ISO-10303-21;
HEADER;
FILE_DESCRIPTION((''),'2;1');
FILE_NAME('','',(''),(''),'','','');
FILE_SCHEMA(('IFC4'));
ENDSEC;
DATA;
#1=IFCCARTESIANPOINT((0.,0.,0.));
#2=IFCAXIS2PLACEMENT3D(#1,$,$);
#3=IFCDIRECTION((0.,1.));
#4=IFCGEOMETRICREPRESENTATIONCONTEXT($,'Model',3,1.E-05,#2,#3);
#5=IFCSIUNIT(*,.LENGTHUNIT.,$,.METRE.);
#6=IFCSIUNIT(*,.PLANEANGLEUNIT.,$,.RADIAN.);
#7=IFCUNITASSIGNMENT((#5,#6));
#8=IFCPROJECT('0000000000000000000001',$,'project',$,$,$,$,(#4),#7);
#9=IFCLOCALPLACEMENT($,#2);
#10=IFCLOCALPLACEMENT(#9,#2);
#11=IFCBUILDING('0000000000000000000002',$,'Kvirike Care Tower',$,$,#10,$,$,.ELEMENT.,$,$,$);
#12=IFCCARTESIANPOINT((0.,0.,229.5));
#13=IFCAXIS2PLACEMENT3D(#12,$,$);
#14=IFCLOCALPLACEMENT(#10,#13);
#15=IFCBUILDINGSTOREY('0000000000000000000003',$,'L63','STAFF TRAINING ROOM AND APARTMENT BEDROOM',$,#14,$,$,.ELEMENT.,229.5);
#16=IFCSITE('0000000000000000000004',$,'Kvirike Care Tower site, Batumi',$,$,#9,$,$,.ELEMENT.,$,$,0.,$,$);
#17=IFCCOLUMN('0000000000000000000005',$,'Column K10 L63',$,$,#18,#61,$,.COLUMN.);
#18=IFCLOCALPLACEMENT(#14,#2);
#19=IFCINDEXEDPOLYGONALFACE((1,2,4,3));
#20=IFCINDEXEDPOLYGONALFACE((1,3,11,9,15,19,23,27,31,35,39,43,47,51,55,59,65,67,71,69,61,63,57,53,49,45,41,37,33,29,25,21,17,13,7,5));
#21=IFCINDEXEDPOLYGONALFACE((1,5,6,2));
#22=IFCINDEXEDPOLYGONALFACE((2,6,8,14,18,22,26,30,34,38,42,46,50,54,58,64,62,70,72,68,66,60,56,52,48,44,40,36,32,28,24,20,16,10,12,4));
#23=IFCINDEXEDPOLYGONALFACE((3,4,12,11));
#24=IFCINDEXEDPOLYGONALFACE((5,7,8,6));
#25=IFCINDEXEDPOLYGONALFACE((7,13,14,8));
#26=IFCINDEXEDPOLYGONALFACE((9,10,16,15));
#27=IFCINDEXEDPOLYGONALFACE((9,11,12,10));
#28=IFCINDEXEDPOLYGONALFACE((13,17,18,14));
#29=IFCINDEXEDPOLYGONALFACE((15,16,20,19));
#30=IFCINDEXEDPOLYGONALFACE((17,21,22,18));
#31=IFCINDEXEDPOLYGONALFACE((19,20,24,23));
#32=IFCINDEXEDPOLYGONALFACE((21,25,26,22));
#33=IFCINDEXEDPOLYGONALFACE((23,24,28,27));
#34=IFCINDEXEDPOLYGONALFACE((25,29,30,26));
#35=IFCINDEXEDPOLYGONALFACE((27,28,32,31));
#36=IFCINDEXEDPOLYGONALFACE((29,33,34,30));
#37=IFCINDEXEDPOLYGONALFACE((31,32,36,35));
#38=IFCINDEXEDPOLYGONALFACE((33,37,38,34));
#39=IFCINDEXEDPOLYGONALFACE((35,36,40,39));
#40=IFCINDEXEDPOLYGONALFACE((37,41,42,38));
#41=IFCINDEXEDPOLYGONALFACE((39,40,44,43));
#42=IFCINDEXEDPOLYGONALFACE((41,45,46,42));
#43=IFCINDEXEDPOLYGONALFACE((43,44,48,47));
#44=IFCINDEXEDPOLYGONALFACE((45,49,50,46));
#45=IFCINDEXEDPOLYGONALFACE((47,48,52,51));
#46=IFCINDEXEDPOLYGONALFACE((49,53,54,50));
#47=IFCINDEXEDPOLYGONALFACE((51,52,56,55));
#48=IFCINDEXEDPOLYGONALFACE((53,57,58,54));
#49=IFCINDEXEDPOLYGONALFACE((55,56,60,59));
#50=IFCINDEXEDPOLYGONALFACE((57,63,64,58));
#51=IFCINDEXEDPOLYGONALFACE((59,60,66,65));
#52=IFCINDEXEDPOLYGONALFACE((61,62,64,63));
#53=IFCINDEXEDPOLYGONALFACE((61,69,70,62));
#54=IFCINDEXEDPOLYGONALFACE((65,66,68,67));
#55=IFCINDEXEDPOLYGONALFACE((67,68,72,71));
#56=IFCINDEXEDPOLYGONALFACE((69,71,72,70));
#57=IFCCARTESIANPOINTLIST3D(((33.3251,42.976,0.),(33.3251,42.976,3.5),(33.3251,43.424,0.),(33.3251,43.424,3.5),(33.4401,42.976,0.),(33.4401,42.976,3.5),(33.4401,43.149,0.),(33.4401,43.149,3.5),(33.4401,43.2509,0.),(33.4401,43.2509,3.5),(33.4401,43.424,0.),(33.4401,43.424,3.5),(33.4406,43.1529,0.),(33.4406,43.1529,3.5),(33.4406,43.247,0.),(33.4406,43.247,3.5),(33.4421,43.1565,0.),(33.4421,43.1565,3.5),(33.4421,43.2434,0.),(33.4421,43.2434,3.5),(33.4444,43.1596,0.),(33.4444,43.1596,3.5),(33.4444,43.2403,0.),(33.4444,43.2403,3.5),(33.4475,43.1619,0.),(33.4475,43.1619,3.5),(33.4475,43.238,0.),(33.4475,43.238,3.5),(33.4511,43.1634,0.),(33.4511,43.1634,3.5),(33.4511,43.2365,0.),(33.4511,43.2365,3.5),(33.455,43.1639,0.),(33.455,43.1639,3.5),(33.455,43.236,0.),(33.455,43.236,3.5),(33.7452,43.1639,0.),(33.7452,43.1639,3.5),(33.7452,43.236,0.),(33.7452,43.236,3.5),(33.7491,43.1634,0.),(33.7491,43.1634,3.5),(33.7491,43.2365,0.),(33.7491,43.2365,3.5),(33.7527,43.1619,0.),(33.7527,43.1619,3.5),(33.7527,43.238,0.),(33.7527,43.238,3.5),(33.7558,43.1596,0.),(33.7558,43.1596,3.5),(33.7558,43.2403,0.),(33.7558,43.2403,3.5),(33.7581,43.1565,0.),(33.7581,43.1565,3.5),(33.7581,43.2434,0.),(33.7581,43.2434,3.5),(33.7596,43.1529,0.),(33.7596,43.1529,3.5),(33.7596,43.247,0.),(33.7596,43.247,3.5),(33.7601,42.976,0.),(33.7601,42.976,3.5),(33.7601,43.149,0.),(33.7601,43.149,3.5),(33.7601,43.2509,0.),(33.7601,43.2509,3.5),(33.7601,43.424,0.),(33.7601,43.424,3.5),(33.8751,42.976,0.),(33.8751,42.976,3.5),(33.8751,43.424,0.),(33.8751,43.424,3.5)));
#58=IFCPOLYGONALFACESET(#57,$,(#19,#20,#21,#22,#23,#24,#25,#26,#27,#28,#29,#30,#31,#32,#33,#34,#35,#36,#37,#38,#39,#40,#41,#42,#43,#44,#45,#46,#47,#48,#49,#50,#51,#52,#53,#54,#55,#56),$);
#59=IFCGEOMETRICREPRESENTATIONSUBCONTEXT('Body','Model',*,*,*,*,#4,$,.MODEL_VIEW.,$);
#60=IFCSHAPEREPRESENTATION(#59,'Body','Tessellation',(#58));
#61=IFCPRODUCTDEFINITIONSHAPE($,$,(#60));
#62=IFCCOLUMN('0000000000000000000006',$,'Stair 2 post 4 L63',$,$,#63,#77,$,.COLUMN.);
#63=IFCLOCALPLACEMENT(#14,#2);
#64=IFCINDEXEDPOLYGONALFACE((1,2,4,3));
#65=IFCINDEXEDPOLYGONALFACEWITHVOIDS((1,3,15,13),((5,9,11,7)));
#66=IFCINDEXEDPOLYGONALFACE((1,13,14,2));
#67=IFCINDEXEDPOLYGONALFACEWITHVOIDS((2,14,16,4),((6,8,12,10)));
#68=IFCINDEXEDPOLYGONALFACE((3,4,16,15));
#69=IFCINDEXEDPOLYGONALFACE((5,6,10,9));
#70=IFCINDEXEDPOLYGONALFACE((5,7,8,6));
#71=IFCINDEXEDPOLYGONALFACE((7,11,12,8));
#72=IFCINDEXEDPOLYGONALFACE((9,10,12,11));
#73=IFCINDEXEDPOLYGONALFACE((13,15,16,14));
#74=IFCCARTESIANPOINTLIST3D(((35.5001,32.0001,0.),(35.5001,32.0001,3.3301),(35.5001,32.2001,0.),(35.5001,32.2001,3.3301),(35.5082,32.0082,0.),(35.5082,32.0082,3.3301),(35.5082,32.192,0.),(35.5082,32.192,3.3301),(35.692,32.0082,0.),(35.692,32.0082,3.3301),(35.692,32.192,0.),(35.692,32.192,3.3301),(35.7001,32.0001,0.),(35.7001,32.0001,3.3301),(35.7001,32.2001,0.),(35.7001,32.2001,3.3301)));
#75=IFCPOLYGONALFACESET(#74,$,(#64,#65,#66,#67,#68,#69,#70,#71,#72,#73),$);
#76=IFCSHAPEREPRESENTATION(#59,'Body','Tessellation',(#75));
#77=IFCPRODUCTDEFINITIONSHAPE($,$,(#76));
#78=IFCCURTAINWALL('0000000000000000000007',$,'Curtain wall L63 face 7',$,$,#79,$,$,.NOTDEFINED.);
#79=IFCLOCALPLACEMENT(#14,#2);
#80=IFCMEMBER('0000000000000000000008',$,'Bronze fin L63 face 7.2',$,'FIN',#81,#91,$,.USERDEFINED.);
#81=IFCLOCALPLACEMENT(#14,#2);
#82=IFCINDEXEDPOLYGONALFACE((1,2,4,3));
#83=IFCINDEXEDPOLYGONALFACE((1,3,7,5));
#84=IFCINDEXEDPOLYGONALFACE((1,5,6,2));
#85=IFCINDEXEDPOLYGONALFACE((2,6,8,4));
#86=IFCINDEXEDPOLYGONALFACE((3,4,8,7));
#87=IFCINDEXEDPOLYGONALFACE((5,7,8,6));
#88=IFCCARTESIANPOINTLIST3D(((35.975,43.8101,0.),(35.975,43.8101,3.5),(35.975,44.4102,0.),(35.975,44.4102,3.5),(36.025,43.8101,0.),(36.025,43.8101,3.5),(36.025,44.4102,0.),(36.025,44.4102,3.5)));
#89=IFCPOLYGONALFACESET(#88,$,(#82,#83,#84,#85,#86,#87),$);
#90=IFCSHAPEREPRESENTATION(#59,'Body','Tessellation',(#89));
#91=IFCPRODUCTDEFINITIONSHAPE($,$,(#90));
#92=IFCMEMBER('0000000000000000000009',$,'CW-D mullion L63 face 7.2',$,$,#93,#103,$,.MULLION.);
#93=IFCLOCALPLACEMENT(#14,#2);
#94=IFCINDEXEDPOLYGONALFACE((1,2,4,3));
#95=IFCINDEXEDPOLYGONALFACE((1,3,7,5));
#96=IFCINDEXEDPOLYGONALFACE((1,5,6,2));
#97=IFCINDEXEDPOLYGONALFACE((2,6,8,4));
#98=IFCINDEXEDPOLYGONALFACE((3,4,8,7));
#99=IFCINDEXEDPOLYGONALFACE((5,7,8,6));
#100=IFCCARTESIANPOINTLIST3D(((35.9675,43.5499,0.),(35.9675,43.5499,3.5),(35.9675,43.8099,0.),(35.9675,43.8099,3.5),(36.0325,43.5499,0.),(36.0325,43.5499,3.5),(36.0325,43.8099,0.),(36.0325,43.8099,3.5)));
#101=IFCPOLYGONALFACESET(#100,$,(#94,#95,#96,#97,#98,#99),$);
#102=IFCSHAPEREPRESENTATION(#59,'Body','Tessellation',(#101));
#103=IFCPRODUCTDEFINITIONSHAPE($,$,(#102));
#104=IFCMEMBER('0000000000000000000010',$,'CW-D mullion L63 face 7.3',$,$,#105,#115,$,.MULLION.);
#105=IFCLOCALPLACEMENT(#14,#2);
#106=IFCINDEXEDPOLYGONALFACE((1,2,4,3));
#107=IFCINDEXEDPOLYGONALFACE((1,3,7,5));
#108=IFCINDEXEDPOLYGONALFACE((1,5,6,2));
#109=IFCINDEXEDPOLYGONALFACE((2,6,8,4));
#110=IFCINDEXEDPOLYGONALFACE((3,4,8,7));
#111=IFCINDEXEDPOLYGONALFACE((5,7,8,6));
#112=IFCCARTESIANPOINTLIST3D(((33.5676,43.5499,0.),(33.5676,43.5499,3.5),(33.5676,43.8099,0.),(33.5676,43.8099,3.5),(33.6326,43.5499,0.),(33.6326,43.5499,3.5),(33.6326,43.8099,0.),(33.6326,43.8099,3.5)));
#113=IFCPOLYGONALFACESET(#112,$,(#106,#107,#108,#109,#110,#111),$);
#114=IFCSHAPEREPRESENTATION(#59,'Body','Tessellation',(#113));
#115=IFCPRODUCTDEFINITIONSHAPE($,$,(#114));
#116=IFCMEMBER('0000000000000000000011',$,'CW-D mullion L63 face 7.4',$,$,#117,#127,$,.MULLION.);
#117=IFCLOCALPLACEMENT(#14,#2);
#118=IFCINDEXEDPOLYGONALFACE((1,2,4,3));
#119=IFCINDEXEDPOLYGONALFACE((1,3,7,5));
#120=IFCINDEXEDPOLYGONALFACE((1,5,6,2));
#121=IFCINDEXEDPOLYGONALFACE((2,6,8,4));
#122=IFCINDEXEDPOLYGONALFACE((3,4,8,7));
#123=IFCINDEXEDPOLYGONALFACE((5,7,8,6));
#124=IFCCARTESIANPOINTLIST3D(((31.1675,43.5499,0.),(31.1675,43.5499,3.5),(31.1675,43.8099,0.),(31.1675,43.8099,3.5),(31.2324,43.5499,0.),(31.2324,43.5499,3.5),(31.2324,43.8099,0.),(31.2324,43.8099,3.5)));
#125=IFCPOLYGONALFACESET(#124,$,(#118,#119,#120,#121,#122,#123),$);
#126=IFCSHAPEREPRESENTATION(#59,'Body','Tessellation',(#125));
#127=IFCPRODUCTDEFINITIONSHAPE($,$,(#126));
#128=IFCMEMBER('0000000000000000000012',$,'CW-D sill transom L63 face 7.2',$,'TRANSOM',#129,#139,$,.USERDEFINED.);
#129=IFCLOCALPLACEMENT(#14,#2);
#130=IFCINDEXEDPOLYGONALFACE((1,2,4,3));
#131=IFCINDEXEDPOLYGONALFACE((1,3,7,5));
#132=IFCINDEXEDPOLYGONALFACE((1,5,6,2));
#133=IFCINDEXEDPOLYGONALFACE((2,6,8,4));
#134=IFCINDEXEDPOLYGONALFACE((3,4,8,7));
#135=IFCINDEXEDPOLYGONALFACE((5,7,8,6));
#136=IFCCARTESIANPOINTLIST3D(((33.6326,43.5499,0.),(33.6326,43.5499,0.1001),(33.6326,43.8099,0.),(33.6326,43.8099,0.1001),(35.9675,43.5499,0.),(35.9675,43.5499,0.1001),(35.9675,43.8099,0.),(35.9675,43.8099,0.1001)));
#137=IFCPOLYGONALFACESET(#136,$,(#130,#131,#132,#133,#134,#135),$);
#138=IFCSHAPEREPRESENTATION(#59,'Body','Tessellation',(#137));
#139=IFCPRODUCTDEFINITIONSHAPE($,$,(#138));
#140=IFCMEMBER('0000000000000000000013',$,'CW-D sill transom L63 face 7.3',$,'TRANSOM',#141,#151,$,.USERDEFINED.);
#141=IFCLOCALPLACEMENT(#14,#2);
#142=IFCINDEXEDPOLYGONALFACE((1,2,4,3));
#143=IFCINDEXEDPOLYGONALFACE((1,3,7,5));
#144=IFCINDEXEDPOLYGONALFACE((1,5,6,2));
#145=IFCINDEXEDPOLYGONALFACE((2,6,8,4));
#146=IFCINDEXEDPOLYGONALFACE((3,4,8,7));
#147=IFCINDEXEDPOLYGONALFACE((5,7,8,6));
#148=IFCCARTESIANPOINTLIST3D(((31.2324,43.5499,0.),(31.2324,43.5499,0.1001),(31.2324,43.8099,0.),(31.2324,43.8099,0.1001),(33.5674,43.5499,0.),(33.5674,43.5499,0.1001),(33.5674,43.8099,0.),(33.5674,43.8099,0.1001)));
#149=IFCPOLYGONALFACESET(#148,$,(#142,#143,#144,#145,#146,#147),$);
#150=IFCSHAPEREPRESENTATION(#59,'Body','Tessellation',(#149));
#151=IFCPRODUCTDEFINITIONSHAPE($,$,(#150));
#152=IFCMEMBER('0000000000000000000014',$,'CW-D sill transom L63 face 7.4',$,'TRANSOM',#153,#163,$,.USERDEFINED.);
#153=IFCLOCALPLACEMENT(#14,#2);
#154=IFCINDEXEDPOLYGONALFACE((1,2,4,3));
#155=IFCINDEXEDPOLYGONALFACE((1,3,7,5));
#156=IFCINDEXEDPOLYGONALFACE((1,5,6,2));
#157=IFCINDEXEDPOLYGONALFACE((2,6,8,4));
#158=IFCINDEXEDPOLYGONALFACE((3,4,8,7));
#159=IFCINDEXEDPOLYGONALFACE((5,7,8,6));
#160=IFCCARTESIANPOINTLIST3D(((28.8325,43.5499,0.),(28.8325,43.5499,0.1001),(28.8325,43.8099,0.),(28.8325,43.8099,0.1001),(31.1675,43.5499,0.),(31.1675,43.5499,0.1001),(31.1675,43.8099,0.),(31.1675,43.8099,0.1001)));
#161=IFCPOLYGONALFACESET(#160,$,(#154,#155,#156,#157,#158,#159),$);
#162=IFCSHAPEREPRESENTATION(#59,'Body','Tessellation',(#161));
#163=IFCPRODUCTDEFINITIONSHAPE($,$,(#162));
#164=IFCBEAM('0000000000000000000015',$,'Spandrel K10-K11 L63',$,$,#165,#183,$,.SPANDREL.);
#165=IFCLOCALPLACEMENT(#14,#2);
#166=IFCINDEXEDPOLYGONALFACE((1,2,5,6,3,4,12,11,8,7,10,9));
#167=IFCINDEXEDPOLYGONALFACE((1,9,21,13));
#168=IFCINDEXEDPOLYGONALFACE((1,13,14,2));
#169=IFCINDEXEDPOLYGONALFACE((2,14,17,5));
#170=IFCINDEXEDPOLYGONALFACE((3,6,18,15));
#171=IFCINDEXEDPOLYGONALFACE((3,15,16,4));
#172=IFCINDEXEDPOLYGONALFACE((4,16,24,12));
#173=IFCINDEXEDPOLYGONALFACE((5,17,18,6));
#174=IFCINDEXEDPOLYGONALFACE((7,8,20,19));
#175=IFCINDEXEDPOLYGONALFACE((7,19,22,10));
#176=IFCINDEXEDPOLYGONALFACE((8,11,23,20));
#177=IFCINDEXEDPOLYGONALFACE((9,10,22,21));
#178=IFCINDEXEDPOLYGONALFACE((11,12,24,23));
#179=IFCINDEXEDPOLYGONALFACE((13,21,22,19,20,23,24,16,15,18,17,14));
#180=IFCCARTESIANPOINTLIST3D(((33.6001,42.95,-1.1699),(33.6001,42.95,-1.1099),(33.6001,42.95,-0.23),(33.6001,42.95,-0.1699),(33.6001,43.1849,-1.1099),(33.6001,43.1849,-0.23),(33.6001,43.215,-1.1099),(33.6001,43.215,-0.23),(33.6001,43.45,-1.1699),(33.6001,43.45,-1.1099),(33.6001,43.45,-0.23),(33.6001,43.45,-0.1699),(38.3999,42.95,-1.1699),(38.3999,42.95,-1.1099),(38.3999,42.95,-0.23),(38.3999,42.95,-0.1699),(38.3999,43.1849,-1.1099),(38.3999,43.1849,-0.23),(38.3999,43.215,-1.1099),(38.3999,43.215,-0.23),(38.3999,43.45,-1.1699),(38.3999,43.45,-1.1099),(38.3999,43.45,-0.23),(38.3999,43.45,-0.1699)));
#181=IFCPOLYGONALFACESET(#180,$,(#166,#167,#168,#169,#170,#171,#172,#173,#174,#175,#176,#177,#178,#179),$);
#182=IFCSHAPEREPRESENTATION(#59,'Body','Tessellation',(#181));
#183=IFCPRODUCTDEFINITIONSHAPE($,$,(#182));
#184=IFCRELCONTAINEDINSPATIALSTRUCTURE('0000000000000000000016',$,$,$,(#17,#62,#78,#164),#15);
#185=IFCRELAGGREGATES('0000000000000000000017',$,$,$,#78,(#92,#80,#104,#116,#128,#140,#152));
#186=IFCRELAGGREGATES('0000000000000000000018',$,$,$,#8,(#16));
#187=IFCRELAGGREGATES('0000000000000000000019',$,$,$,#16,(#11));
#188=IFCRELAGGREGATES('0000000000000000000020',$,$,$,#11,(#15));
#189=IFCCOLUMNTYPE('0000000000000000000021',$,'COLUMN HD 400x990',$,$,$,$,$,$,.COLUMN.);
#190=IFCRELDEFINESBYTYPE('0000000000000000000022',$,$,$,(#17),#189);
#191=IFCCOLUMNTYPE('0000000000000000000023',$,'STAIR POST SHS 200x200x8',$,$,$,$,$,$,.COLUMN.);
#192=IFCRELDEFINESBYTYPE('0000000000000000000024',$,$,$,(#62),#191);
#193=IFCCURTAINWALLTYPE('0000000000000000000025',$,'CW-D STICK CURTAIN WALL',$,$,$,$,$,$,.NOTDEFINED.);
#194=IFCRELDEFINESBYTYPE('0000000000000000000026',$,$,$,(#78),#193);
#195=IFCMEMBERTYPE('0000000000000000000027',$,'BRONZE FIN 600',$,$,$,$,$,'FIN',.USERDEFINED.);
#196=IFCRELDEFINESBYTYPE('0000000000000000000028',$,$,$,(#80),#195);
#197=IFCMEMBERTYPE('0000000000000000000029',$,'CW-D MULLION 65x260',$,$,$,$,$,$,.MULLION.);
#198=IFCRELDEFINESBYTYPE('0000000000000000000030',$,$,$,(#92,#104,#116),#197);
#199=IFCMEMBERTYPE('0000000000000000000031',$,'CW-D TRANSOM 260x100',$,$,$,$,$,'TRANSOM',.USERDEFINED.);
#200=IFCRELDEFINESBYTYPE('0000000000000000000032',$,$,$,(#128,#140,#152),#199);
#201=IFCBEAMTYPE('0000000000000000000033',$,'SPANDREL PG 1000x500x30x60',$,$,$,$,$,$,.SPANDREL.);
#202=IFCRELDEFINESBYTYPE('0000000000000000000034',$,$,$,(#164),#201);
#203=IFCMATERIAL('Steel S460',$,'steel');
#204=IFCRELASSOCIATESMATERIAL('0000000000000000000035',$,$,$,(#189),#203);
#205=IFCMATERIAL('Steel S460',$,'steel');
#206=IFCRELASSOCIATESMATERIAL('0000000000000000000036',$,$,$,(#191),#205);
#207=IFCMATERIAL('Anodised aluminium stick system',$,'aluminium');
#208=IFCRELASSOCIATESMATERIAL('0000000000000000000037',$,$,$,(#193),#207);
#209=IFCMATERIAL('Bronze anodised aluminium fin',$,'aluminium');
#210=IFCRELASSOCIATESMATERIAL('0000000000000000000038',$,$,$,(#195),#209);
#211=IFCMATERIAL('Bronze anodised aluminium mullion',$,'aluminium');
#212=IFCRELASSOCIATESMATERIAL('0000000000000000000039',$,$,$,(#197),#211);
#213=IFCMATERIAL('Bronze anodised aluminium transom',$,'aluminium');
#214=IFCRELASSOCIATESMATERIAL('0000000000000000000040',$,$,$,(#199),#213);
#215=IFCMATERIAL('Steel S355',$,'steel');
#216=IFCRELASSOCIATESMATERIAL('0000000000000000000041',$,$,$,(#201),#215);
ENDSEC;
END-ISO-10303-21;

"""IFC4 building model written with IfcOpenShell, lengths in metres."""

from ifc_helpers import new_model, si_unit, direction, frame, origin, origin_2d, place, context, subcontext, project, spatial, rectangle, hollow_rectangle, i_section, extrude, material, material_profile, profile_set, type_object, element, aggregate, save


model = new_model("IFC4")

# Units and contexts
model_context = context("Model", 3, precision=1e-05, world=origin(), true_north=direction((0.0, 1.0)))
body_context = subcontext(model_context, "Body", "Model", "MODEL_VIEW")
ifc_project = project(units=[si_unit("LENGTHUNIT", "METRE"), si_unit("PLANEANGLEUNIT", "RADIAN")], contexts=[model_context])

# Site, building, storey
site_placement = place(None, origin())
site = spatial("IfcSite", under=ifc_project, at=site_placement, Name="Kvirike Care Tower site, Batumi", CompositionType="ELEMENT", RefElevation=0.0)
building_placement = place(site_placement, origin())
building = spatial("IfcBuilding", under=site, at=building_placement, Name="Kvirike Care Tower", CompositionType="ELEMENT")
storey_placement = place(building_placement, frame((0.0, 0.0, 229.5)))
storey = spatial("IfcBuildingStorey", under=building, at=storey_placement, Name="L63", Description="STAFF TRAINING ROOM AND APARTMENT BEDROOM", CompositionType="ELEMENT", Elevation=229.5)

# Columns
ifc_material_1 = material(Name="Steel S460", Category="steel")
ifc_material_profile_1 = material_profile(ifc_material_1, i_section(OverallWidth=0.448, OverallDepth=0.55, WebThickness=0.072, FlangeThickness=0.115, FilletRadius=0.0149, at=origin_2d()), Name="HD 400x990")
ifc_profile_set_1 = profile_set([ifc_material_profile_1], Name="Steel S460")
column_type_1 = type_object("IfcColumnType", Name="COLUMN HD 400x990", PredefinedType="COLUMN", material=ifc_profile_set_1)
column_1_placement = place(storey_placement, frame((33.6001, 43.2, 0.0), z_axis=(0.0, 0.0, 1.0), x_axis=(0.0, 1.0, 0.0)))
element("IfcColumn", 1, at=column_1_placement, inside=storey, type_object=column_type_1, Name="Column K10 L63", PredefinedType="COLUMN", context=body_context, shape_type="SweptSolid", body=[
    extrude(i_section(OverallWidth=0.448, OverallDepth=0.55, WebThickness=0.072, FlangeThickness=0.115, FilletRadius=0.0149, at=origin_2d()), origin(), (0.0, 0.0, 1.0), 3.5),
])
ifc_material_2 = material(Name="Steel S460", Category="steel")
ifc_material_profile_2 = material_profile(ifc_material_2, hollow_rectangle(XDim=0.2, YDim=0.2, WallThickness=0.0081, at=origin_2d()), Name="SHS 200x200x8")
ifc_profile_set_2 = profile_set([ifc_material_profile_2], Name="Steel S460")
column_type_2 = type_object("IfcColumnType", Name="STAIR POST SHS 200x200x8", PredefinedType="COLUMN", material=ifc_profile_set_2)
column_2_placement = place(storey_placement, frame((35.6001, 32.1001, 0.0), z_axis=(0.0, 0.0, 1.0), x_axis=(1.0, 0.0, 0.0)))
element("IfcColumn", 2, at=column_2_placement, inside=storey, type_object=column_type_2, Name="Stair 2 post 4 L63", PredefinedType="COLUMN", context=body_context, shape_type="SweptSolid", body=[
    extrude(hollow_rectangle(XDim=0.2, YDim=0.2, WallThickness=0.0081, at=origin_2d()), origin(), (0.0, 0.0, 1.0), 3.3301),
])

# Curtain wall, members
ifc_material_3 = material(Name="Anodised aluminium stick system", Category="aluminium")
curtain_wall_type = type_object("IfcCurtainWallType", Name="CW-D STICK CURTAIN WALL", PredefinedType="NOTDEFINED", material=ifc_material_3)
curtain_wall_placement = place(storey_placement, origin())
curtain_wall = element("IfcCurtainWall", 3, at=curtain_wall_placement, inside=storey, type_object=curtain_wall_type, Name="Curtain wall L63 face 7", PredefinedType="NOTDEFINED")
ifc_material_4 = material(Name="Bronze anodised aluminium fin", Category="aluminium")
ifc_material_profile_3 = material_profile(ifc_material_4, rectangle(XDim=0.05, YDim=0.6001, at=origin_2d()), Name="BRONZE FIN 600")
ifc_profile_set_3 = profile_set([ifc_material_profile_3], Name="Bronze anodised aluminium fin")
member_type_1 = type_object("IfcMemberType", Name="BRONZE FIN 600", ElementType="FIN", PredefinedType="USERDEFINED", material=ifc_profile_set_3)
member_1_placement = place(storey_placement, frame((36.0, 44.1101, 0.0), z_axis=(0.0, 0.0, 1.0), x_axis=(-1.0, 0.0, 0.0)))
member_1 = element("IfcMember", 4, at=member_1_placement, type_object=member_type_1, Name="Bronze fin L63 face 7.2", ObjectType="FIN", PredefinedType="USERDEFINED", context=body_context, shape_type="SweptSolid", body=[
    extrude(rectangle(XDim=0.05, YDim=0.6001, at=origin_2d()), origin(), (0.0, 0.0, 1.0), 3.5),
])
ifc_material_5 = material(Name="Bronze anodised aluminium mullion", Category="aluminium")
ifc_material_profile_4 = material_profile(ifc_material_5, rectangle(XDim=0.0649, YDim=0.26, at=origin_2d()), Name="CW-D MULLION 65x260")
ifc_profile_set_4 = profile_set([ifc_material_profile_4], Name="Bronze anodised aluminium mullion")
member_type_2 = type_object("IfcMemberType", Name="CW-D MULLION 65x260", PredefinedType="MULLION", material=ifc_profile_set_4)
member_2_placement = place(storey_placement, frame((36.0, 43.6799, 0.0), z_axis=(0.0, 0.0, 1.0), x_axis=(-1.0, 0.0, 0.0)))
member_2 = element("IfcMember", 5, at=member_2_placement, type_object=member_type_2, Name="CW-D mullion L63 face 7.2", PredefinedType="MULLION", context=body_context, shape_type="SweptSolid", body=[
    extrude(rectangle(XDim=0.0649, YDim=0.26, at=origin_2d()), origin(), (0.0, 0.0, 1.0), 3.5),
])
member_3_placement = place(storey_placement, frame((33.6001, 43.6799, 0.0), z_axis=(0.0, 0.0, 1.0), x_axis=(-1.0, 0.0, 0.0)))
member_3 = element("IfcMember", 6, at=member_3_placement, type_object=member_type_2, Name="CW-D mullion L63 face 7.3", PredefinedType="MULLION", context=body_context, shape_type="SweptSolid", body=[
    extrude(rectangle(XDim=0.0649, YDim=0.26, at=origin_2d()), origin(), (0.0, 0.0, 1.0), 3.5),
])
member_4_placement = place(storey_placement, frame((31.2, 43.6799, 0.0), z_axis=(0.0, 0.0, 1.0), x_axis=(-1.0, 0.0, 0.0)))
member_4 = element("IfcMember", 7, at=member_4_placement, type_object=member_type_2, Name="CW-D mullion L63 face 7.4", PredefinedType="MULLION", context=body_context, shape_type="SweptSolid", body=[
    extrude(rectangle(XDim=0.0649, YDim=0.26, at=origin_2d()), origin(), (0.0, 0.0, 1.0), 3.5),
])
ifc_material_6 = material(Name="Bronze anodised aluminium transom", Category="aluminium")
ifc_material_profile_5 = material_profile(ifc_material_6, rectangle(XDim=0.26, YDim=0.1001, at=origin_2d()), Name="CW-D TRANSOM 260x100")
ifc_profile_set_5 = profile_set([ifc_material_profile_5], Name="Bronze anodised aluminium transom")
member_type_3 = type_object("IfcMemberType", Name="CW-D TRANSOM 260x100", ElementType="TRANSOM", PredefinedType="USERDEFINED", material=ifc_profile_set_5)
member_5_placement = place(storey_placement, frame((35.9675, 43.6799, 0.05), z_axis=(-1.0, 0.0, 0.0), x_axis=(0.0, -1.0, 0.0)))
member_5 = element("IfcMember", 8, at=member_5_placement, type_object=member_type_3, Name="CW-D sill transom L63 face 7.2", ObjectType="TRANSOM", PredefinedType="USERDEFINED", context=body_context, shape_type="SweptSolid", body=[
    extrude(rectangle(XDim=0.26, YDim=0.1001, at=origin_2d()), origin(), (0.0, 0.0, 1.0), 2.335),
])
member_6_placement = place(storey_placement, frame((33.5674, 43.6799, 0.05), z_axis=(-1.0, 0.0, 0.0), x_axis=(0.0, -1.0, 0.0)))
member_6 = element("IfcMember", 9, at=member_6_placement, type_object=member_type_3, Name="CW-D sill transom L63 face 7.3", ObjectType="TRANSOM", PredefinedType="USERDEFINED", context=body_context, shape_type="SweptSolid", body=[
    extrude(rectangle(XDim=0.26, YDim=0.1001, at=origin_2d()), origin(), (0.0, 0.0, 1.0), 2.335),
])
member_7_placement = place(storey_placement, frame((31.1675, 43.6799, 0.05), z_axis=(-1.0, 0.0, 0.0), x_axis=(0.0, -1.0, 0.0)))
member_7 = element("IfcMember", 10, at=member_7_placement, type_object=member_type_3, Name="CW-D sill transom L63 face 7.4", ObjectType="TRANSOM", PredefinedType="USERDEFINED", context=body_context, shape_type="SweptSolid", body=[
    extrude(rectangle(XDim=0.26, YDim=0.1001, at=origin_2d()), origin(), (0.0, 0.0, 1.0), 2.335),
])

# Beam
ifc_material_7 = material(Name="Steel S355", Category="steel")
ifc_material_profile_6 = material_profile(ifc_material_7, i_section(OverallWidth=0.5, OverallDepth=1.0, WebThickness=0.03, FlangeThickness=0.0601, at=origin_2d()), Name="PG 1000x500x30x60")
ifc_profile_set_6 = profile_set([ifc_material_profile_6], Name="Steel S355")
beam_type_1 = type_object("IfcBeamType", Name="SPANDREL PG 1000x500x30x60", PredefinedType="SPANDREL", material=ifc_profile_set_6)
beam_1_placement = place(storey_placement, frame((33.6001, 43.2, -0.6699), z_axis=(1.0, 0.0, 0.0), x_axis=(0.0, 1.0, 0.0)))
element("IfcBeam", 11, at=beam_1_placement, inside=storey, type_object=beam_type_1, Name="Spandrel K10-K11 L63", PredefinedType="SPANDREL", context=body_context, shape_type="SweptSolid", body=[
    extrude(i_section(OverallWidth=0.5, OverallDepth=1.0, WebThickness=0.03, FlangeThickness=0.0601, at=origin_2d()), origin(), (0.0, 0.0, 1.0), 4.7998),
])

aggregate(curtain_wall, [member_2, member_1, member_3, member_4, member_5, member_6, member_7])

save(model, "model.ifc")
